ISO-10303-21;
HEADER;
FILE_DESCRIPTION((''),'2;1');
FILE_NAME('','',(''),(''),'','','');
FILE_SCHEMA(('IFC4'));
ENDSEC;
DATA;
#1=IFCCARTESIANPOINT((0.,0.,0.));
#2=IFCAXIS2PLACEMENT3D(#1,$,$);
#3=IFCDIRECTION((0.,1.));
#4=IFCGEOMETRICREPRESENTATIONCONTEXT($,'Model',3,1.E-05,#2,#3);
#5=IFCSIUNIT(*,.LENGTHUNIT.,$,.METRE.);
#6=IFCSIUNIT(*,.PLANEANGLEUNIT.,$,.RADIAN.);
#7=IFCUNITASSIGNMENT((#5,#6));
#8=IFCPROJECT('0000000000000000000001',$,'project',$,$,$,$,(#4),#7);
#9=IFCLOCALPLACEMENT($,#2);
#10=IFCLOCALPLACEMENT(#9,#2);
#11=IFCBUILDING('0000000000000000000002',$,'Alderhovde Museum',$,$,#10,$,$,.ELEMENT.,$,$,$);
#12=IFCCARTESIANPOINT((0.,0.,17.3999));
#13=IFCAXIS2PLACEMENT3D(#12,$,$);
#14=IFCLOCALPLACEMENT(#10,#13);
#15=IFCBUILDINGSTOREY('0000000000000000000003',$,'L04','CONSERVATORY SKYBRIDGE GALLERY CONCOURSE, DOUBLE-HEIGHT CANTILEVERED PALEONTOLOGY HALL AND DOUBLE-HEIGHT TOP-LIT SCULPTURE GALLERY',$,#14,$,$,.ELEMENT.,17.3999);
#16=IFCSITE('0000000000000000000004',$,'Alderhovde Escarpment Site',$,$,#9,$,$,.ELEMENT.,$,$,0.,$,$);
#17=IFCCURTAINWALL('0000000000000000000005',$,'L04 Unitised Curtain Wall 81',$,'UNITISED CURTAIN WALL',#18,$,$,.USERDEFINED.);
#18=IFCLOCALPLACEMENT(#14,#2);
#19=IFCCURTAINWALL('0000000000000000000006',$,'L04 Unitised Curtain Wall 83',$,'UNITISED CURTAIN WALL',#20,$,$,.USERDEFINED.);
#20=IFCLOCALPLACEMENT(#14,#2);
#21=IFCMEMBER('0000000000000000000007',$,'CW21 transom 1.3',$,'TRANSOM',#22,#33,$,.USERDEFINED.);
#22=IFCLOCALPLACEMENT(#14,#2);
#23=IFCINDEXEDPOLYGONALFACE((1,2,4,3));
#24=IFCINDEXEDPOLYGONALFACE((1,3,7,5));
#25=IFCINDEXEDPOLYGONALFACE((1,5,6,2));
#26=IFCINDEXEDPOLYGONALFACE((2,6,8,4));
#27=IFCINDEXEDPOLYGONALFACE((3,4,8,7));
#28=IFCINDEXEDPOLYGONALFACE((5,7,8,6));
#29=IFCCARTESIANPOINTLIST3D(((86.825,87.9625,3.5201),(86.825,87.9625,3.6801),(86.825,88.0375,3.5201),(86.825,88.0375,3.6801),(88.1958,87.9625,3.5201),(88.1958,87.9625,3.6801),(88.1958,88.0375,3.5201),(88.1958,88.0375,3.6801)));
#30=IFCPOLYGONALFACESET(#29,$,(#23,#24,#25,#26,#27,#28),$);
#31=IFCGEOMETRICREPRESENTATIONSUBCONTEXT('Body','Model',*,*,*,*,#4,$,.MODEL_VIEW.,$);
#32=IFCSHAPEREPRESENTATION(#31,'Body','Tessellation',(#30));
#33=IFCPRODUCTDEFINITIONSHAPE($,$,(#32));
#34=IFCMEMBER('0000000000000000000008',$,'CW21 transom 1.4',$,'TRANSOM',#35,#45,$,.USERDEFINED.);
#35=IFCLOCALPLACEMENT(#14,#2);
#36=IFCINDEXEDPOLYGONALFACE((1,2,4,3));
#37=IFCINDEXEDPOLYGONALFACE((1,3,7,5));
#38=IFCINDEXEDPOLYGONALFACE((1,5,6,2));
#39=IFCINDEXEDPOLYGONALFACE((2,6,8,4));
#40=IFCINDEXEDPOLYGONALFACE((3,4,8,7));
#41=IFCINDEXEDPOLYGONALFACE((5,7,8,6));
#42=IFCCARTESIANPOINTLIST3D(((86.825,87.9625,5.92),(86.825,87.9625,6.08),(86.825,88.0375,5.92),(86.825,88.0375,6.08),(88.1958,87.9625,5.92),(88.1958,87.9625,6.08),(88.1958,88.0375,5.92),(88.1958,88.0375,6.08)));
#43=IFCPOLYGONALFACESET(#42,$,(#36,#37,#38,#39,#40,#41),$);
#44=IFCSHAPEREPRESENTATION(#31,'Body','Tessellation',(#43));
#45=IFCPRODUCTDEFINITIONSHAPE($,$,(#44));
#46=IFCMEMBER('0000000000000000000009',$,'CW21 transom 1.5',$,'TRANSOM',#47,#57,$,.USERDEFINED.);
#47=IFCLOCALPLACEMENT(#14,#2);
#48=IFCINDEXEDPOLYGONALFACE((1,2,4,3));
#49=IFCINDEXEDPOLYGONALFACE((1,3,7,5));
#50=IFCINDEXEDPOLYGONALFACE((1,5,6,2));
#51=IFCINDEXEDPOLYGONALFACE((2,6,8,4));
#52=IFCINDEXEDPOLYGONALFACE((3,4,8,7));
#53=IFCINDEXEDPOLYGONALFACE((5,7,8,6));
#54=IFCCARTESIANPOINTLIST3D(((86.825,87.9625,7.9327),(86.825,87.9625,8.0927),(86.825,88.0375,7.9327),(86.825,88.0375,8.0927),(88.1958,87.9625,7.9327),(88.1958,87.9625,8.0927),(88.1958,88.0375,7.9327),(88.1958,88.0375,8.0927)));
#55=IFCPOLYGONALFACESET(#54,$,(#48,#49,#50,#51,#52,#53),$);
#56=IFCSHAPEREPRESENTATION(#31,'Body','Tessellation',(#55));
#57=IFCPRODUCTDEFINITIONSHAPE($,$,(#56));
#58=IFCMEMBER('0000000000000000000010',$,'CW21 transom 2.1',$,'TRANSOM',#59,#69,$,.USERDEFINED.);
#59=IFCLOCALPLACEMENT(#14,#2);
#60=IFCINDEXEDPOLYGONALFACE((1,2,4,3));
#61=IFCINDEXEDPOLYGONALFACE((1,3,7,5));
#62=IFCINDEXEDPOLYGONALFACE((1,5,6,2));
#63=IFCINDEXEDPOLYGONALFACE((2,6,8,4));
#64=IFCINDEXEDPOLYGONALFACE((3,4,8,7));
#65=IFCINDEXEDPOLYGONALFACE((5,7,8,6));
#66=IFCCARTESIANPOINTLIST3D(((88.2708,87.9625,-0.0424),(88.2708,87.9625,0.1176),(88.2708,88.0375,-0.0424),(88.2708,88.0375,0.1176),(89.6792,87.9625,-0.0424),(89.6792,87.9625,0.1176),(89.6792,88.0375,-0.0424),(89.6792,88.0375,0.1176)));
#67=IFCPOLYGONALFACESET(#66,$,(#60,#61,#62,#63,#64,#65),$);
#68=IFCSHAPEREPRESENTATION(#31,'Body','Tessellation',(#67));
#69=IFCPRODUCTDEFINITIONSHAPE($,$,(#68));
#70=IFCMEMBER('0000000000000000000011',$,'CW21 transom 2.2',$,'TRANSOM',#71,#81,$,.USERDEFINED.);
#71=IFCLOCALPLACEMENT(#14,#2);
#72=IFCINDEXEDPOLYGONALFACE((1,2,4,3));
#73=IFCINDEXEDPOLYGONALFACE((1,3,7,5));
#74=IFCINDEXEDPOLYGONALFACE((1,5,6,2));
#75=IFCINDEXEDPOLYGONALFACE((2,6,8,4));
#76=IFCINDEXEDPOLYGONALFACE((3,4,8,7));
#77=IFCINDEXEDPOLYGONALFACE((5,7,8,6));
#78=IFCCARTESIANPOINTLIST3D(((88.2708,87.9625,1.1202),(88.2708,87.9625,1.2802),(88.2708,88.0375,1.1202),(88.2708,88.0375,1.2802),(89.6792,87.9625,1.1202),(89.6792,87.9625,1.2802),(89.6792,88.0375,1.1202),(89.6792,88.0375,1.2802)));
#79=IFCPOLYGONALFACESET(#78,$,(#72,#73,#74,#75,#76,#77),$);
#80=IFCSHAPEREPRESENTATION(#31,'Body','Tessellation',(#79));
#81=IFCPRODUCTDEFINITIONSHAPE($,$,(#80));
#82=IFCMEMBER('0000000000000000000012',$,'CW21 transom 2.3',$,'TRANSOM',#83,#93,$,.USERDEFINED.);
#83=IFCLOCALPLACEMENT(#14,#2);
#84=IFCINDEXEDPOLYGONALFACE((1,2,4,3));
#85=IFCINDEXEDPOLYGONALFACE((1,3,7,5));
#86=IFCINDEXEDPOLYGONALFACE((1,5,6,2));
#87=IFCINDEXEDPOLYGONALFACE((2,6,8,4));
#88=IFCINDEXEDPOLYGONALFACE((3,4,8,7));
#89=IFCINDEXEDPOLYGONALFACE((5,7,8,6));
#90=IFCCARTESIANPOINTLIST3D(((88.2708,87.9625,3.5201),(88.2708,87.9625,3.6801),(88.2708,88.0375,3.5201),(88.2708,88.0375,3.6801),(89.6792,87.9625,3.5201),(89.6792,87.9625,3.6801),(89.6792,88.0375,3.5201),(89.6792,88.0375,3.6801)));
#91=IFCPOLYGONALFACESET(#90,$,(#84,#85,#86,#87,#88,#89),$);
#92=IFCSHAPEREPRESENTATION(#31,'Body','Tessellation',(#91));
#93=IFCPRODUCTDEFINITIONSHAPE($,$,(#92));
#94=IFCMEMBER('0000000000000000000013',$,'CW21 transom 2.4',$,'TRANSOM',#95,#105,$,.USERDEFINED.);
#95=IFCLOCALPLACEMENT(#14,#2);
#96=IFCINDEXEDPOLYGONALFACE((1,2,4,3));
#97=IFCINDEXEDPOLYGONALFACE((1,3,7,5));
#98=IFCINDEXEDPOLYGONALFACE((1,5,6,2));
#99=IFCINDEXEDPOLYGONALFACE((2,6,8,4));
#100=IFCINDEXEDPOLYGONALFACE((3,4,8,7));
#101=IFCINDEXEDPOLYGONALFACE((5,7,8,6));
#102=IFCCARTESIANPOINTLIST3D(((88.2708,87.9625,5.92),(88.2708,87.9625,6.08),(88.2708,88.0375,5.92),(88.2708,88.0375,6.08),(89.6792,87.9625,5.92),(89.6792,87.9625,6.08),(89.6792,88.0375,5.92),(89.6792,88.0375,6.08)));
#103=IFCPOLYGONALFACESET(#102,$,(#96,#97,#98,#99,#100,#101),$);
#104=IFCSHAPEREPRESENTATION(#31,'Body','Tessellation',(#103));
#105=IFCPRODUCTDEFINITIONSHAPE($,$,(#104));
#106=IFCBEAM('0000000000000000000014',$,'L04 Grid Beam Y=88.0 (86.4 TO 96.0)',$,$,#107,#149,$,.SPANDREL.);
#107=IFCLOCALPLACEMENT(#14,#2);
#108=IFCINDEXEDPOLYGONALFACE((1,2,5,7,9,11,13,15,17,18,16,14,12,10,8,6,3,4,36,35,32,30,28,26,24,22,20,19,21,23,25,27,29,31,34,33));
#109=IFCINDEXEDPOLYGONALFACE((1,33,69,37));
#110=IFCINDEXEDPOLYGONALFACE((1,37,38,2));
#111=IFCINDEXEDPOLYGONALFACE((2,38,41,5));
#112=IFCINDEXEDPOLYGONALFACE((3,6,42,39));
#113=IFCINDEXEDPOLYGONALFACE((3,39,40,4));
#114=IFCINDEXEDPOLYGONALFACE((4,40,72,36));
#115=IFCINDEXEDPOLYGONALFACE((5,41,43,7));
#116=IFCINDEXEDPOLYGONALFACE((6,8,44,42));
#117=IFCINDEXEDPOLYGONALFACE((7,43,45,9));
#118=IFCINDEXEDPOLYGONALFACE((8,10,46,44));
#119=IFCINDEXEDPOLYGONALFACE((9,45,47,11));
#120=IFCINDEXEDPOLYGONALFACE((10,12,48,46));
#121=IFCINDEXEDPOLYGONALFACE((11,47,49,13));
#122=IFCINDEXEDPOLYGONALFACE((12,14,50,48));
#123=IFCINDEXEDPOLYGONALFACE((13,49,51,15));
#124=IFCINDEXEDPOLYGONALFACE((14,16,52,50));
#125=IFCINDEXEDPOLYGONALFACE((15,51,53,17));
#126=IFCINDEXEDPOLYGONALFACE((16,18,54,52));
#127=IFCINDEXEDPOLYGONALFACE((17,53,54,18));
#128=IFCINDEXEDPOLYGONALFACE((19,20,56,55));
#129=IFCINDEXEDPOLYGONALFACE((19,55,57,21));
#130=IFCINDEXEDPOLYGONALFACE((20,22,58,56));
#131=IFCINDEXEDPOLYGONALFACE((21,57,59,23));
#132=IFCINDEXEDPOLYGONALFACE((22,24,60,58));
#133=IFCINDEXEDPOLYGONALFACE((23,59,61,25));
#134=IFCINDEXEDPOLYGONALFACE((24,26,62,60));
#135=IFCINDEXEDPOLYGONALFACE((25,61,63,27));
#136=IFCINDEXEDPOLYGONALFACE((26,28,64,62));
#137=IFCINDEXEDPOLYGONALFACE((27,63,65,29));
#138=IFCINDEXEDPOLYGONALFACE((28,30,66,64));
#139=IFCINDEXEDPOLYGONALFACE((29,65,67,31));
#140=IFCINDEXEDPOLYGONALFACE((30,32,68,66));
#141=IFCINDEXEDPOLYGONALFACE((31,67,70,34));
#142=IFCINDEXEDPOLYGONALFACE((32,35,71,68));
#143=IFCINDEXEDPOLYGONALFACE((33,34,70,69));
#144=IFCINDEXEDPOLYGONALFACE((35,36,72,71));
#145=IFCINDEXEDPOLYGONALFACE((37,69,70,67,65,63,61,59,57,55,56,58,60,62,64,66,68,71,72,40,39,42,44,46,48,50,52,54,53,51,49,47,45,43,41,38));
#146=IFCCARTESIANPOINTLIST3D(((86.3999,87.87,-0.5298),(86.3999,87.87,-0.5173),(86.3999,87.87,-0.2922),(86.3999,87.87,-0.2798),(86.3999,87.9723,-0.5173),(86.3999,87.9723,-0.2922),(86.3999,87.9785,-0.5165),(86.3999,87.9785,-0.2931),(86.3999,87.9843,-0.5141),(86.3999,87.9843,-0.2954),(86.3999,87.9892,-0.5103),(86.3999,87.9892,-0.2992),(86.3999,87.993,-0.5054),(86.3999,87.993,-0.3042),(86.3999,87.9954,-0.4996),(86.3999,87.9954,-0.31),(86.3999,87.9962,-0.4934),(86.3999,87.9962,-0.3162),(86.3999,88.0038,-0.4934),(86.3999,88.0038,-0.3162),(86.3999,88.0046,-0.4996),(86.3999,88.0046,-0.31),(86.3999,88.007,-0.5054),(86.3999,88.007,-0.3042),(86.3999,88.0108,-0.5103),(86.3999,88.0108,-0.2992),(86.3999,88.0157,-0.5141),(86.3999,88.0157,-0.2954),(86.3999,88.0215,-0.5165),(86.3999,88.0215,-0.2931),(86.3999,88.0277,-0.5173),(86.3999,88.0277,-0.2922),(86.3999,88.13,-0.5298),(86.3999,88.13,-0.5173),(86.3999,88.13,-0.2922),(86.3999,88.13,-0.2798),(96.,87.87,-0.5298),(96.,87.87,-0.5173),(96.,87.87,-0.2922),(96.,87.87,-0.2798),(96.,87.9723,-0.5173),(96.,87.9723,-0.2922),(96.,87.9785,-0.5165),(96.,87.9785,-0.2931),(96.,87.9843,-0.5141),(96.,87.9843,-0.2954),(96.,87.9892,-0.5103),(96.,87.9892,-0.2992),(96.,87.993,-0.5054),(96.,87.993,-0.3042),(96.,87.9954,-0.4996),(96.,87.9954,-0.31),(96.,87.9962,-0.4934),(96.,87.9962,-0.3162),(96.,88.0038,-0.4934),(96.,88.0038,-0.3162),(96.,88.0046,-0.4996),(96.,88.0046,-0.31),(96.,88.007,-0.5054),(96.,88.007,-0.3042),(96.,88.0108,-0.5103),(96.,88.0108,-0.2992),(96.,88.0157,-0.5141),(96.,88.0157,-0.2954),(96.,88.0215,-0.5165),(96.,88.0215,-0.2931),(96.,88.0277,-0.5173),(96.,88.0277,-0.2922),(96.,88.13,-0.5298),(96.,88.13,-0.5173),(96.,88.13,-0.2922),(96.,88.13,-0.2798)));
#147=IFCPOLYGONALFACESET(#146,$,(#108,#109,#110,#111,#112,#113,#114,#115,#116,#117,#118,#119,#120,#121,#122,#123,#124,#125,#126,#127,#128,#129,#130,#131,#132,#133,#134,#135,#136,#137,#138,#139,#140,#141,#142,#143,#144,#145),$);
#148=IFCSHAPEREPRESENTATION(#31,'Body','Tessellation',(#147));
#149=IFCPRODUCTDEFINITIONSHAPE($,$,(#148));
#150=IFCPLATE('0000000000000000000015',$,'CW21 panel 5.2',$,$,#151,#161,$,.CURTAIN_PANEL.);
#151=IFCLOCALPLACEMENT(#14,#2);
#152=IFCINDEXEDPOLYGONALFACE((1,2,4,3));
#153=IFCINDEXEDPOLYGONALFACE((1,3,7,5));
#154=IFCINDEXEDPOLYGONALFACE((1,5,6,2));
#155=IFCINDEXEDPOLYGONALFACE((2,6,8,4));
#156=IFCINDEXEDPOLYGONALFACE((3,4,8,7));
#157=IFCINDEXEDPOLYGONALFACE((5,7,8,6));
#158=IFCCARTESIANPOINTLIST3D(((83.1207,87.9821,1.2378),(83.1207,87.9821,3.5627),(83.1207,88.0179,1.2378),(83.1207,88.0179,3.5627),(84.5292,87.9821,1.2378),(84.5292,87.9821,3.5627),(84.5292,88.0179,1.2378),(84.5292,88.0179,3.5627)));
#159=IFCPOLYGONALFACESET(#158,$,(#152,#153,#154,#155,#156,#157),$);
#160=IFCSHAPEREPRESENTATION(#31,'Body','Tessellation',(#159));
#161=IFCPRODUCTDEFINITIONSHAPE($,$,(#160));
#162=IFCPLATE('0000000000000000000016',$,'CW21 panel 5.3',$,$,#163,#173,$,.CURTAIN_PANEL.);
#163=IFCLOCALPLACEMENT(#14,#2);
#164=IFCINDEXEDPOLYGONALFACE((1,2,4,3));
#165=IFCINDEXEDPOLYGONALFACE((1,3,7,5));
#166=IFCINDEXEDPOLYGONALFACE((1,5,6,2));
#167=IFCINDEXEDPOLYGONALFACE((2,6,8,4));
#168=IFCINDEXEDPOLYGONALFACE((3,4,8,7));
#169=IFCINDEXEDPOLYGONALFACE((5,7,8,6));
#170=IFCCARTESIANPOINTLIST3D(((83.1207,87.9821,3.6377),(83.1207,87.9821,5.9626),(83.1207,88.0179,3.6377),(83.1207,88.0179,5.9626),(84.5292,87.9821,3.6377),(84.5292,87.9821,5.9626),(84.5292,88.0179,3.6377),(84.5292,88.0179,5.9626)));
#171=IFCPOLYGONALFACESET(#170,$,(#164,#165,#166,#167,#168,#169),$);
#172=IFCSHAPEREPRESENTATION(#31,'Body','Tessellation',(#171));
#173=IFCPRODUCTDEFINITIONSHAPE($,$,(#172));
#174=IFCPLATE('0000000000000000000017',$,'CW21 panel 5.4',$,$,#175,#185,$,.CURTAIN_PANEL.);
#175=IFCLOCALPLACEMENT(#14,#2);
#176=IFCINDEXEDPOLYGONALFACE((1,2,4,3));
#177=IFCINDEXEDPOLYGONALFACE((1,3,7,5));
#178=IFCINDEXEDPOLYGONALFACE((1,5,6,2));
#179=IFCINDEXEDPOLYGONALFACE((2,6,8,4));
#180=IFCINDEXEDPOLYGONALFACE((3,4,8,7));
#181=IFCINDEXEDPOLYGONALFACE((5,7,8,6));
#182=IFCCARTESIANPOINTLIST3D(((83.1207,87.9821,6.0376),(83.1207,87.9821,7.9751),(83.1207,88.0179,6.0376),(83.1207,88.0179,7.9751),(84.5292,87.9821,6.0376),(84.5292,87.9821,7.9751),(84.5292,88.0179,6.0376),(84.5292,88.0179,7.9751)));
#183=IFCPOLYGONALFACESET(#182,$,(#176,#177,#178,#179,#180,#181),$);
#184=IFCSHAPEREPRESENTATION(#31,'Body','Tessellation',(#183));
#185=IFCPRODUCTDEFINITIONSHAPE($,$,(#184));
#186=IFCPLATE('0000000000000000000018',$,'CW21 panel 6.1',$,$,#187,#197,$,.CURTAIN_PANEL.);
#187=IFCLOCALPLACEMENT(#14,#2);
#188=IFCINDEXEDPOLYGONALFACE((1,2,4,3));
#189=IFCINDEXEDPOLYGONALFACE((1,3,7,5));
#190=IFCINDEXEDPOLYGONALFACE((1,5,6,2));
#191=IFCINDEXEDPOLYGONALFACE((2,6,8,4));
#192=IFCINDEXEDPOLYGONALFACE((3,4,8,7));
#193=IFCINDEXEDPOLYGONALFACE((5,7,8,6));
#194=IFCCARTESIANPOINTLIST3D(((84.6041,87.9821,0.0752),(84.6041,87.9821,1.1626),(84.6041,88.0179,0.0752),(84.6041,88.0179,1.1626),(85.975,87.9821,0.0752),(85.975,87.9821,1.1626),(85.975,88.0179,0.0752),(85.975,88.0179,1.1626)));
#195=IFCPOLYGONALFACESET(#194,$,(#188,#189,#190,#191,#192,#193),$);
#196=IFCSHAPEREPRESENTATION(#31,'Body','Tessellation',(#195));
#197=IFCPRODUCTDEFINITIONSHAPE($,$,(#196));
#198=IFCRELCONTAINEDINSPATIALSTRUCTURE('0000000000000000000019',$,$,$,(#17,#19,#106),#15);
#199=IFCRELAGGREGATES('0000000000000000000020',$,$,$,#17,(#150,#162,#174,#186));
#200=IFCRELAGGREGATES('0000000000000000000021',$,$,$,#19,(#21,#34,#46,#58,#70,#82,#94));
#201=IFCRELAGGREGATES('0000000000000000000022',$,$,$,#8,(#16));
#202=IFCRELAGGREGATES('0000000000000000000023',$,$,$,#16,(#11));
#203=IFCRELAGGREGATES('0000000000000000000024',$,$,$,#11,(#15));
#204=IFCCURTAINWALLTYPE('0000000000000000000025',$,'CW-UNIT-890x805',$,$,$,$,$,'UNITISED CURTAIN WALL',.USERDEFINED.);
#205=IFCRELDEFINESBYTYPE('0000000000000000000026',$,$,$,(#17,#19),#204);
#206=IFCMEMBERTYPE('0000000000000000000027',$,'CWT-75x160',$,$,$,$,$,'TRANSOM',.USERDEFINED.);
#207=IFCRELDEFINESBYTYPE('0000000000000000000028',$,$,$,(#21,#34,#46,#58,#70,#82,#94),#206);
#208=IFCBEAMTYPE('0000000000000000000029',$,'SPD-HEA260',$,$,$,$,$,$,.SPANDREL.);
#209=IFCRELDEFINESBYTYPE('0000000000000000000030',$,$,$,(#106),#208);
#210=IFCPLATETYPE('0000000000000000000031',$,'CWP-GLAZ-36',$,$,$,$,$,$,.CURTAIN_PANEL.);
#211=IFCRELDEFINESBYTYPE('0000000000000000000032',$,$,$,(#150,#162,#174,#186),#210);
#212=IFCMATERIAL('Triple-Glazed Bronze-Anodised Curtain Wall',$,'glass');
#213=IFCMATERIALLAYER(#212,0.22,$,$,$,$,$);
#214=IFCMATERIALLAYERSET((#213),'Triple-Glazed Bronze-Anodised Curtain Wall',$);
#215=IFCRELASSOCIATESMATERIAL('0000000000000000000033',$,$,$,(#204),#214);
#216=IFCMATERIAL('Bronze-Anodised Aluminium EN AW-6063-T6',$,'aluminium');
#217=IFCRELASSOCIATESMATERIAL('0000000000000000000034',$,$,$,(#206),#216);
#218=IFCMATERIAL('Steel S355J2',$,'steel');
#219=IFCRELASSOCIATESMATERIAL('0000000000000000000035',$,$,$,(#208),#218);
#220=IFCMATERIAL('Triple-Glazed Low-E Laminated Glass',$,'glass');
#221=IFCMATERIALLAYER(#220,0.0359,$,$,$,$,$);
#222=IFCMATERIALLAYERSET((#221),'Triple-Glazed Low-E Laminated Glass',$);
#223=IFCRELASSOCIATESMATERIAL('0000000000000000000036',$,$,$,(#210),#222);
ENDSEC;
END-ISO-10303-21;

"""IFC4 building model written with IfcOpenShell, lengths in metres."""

from ifc_helpers import new_model, si_unit, direction, frame, origin, origin_2d, place, context, subcontext, project, spatial, rectangle, i_section, extrude, material, layer, layer_set, material_profile, profile_set, type_object, element, aggregate, save


model = new_model("IFC4")

# Units and contexts
model_context = context("Model", 3, precision=1e-05, world=origin(), true_north=direction((0.0, 1.0)))
body_context = subcontext(model_context, "Body", "Model", "MODEL_VIEW")
ifc_project = project(units=[si_unit("LENGTHUNIT", "METRE"), si_unit("PLANEANGLEUNIT", "RADIAN")], contexts=[model_context])

# Site, building, storey
site_placement = place(None, origin())
site = spatial("IfcSite", under=ifc_project, at=site_placement, Name="Alderhovde Escarpment Site", CompositionType="ELEMENT", RefElevation=0.0)
building_placement = place(site_placement, origin())
building = spatial("IfcBuilding", under=site, at=building_placement, Name="Alderhovde Museum", CompositionType="ELEMENT")
storey_placement = place(building_placement, frame((0.0, 0.0, 17.3999)))
storey = spatial("IfcBuildingStorey", under=building, at=storey_placement, Name="L04", Description="CONSERVATORY SKYBRIDGE GALLERY CONCOURSE, DOUBLE-HEIGHT CANTILEVERED PALEONTOLOGY HALL AND DOUBLE-HEIGHT TOP-LIT SCULPTURE GALLERY", CompositionType="ELEMENT", Elevation=17.3999)

# Curtain walls
ifc_material_1 = material(Name="Triple-Glazed Bronze-Anodised Curtain Wall", Category="glass")
ifc_layer_1 = layer(ifc_material_1, 0.22)
ifc_layer_set_1 = layer_set([ifc_layer_1], Name="Triple-Glazed Bronze-Anodised Curtain Wall")
curtain_wall_type = type_object("IfcCurtainWallType", Name="CW-UNIT-890x805", ElementType="UNITISED CURTAIN WALL", PredefinedType="USERDEFINED", material=ifc_layer_set_1)
curtain_wall_1_placement = place(storey_placement, origin())
curtain_wall_1 = element("IfcCurtainWall", 1, at=curtain_wall_1_placement, inside=storey, type_object=curtain_wall_type, Name="L04 Unitised Curtain Wall 81", ObjectType="UNITISED CURTAIN WALL", PredefinedType="USERDEFINED")
curtain_wall_2_placement = place(storey_placement, origin())
curtain_wall_2 = element("IfcCurtainWall", 2, at=curtain_wall_2_placement, inside=storey, type_object=curtain_wall_type, Name="L04 Unitised Curtain Wall 83", ObjectType="UNITISED CURTAIN WALL", PredefinedType="USERDEFINED")

# Members
ifc_material_2 = material(Name="Bronze-Anodised Aluminium EN AW-6063-T6", Category="aluminium")
ifc_material_profile_1 = material_profile(ifc_material_2, rectangle(XDim=0.075, YDim=0.1599, at=origin_2d()), Name="TRANSOM 75x160")
ifc_profile_set_1 = profile_set([ifc_material_profile_1], Name="Bronze-Anodised Aluminium EN AW-6063-T6")
member_type_1 = type_object("IfcMemberType", Name="CWT-75x160", ElementType="TRANSOM", PredefinedType="USERDEFINED", material=ifc_profile_set_1)
member_1_placement = place(storey_placement, frame((86.825, 88.0, 3.6001), z_axis=(1.0, 0.0, 0.0), x_axis=(0.0, 1.0, 0.0)))
member_1 = element("IfcMember", 3, at=member_1_placement, type_object=member_type_1, Name="CW21 transom 1.3", ObjectType="TRANSOM", PredefinedType="USERDEFINED", context=body_context, shape_type="SweptSolid", body=[
    extrude(rectangle(XDim=0.075, YDim=0.1599, at=origin_2d()), origin(), (0.0, 0.0, 1.0), 1.3708),
])
member_2_placement = place(storey_placement, frame((86.825, 88.0, 6.0), z_axis=(1.0, 0.0, 0.0), x_axis=(0.0, 1.0, 0.0)))
member_2 = element("IfcMember", 4, at=member_2_placement, type_object=member_type_1, Name="CW21 transom 1.4", ObjectType="TRANSOM", PredefinedType="USERDEFINED", context=body_context, shape_type="SweptSolid", body=[
    extrude(rectangle(XDim=0.075, YDim=0.1599, at=origin_2d()), origin(), (0.0, 0.0, 1.0), 1.3708),
])
member_3_placement = place(storey_placement, frame((86.825, 88.0, 8.0127), z_axis=(1.0, 0.0, 0.0), x_axis=(0.0, 1.0, 0.0)))
member_3 = element("IfcMember", 5, at=member_3_placement, type_object=member_type_1, Name="CW21 transom 1.5", ObjectType="TRANSOM", PredefinedType="USERDEFINED", context=body_context, shape_type="SweptSolid", body=[
    extrude(rectangle(XDim=0.075, YDim=0.1599, at=origin_2d()), origin(), (0.0, 0.0, 1.0), 1.3708),
])
member_4_placement = place(storey_placement, frame((88.2708, 88.0, 0.0376), z_axis=(1.0, 0.0, 0.0), x_axis=(0.0, 1.0, 0.0)))
member_4 = element("IfcMember", 6, at=member_4_placement, type_object=member_type_1, Name="CW21 transom 2.1", ObjectType="TRANSOM", PredefinedType="USERDEFINED", context=body_context, shape_type="SweptSolid", body=[
    extrude(rectangle(XDim=0.075, YDim=0.1599, at=origin_2d()), origin(), (0.0, 0.0, 1.0), 1.4084),
])
member_5_placement = place(storey_placement, frame((88.2708, 88.0, 1.2002), z_axis=(1.0, 0.0, 0.0), x_axis=(0.0, 1.0, 0.0)))
member_5 = element("IfcMember", 7, at=member_5_placement, type_object=member_type_1, Name="CW21 transom 2.2", ObjectType="TRANSOM", PredefinedType="USERDEFINED", context=body_context, shape_type="SweptSolid", body=[
    extrude(rectangle(XDim=0.075, YDim=0.1599, at=origin_2d()), origin(), (0.0, 0.0, 1.0), 1.4084),
])
member_6_placement = place(storey_placement, frame((88.2708, 88.0, 3.6001), z_axis=(1.0, 0.0, 0.0), x_axis=(0.0, 1.0, 0.0)))
member_6 = element("IfcMember", 8, at=member_6_placement, type_object=member_type_1, Name="CW21 transom 2.3", ObjectType="TRANSOM", PredefinedType="USERDEFINED", context=body_context, shape_type="SweptSolid", body=[
    extrude(rectangle(XDim=0.075, YDim=0.1599, at=origin_2d()), origin(), (0.0, 0.0, 1.0), 1.4084),
])
member_7_placement = place(storey_placement, frame((88.2708, 88.0, 6.0), z_axis=(1.0, 0.0, 0.0), x_axis=(0.0, 1.0, 0.0)))
member_7 = element("IfcMember", 9, at=member_7_placement, type_object=member_type_1, Name="CW21 transom 2.4", ObjectType="TRANSOM", PredefinedType="USERDEFINED", context=body_context, shape_type="SweptSolid", body=[
    extrude(rectangle(XDim=0.075, YDim=0.1599, at=origin_2d()), origin(), (0.0, 0.0, 1.0), 1.4084),
])

# Beam
ifc_material_3 = material(Name="Steel S355J2", Category="steel")
ifc_material_profile_2 = material_profile(ifc_material_3, i_section(OverallWidth=0.26, OverallDepth=0.25, WebThickness=0.0076, FlangeThickness=0.0125, FilletRadius=0.0239, at=origin_2d()), Name="HEA 260")
ifc_profile_set_2 = profile_set([ifc_material_profile_2], Name="Steel S355J2")
beam_type_1 = type_object("IfcBeamType", Name="SPD-HEA260", PredefinedType="SPANDREL", material=ifc_profile_set_2)
beam_1_placement = place(storey_placement, frame((86.3999, 88.0, -0.4048), z_axis=(1.0, 0.0, 0.0), x_axis=(0.0, 1.0, 0.0)))
element("IfcBeam", 10, at=beam_1_placement, inside=storey, type_object=beam_type_1, Name="L04 Grid Beam Y=88.0 (86.4 TO 96.0)", PredefinedType="SPANDREL", context=body_context, shape_type="SweptSolid", body=[
    extrude(i_section(OverallWidth=0.26, OverallDepth=0.25, WebThickness=0.0076, FlangeThickness=0.0125, FilletRadius=0.0239, at=origin_2d()), origin(), (0.0, 0.0, 1.0), 9.6001),
])

# Plates
ifc_material_4 = material(Name="Triple-Glazed Low-E Laminated Glass", Category="glass")
ifc_layer_2 = layer(ifc_material_4, 0.0359)
ifc_layer_set_2 = layer_set([ifc_layer_2], Name="Triple-Glazed Low-E Laminated Glass")
plate_type_1 = type_object("IfcPlateType", Name="CWP-GLAZ-36", PredefinedType="CURTAIN_PANEL", material=ifc_layer_set_2)
plate_1_placement = place(storey_placement, frame((83.825, 88.0, 1.2378), z_axis=(0.0, 0.0, 1.0), x_axis=(1.0, 0.0, 0.0)))
plate_1 = element("IfcPlate", 11, at=plate_1_placement, type_object=plate_type_1, Name="CW21 panel 5.2", PredefinedType="CURTAIN_PANEL", context=body_context, shape_type="SweptSolid", body=[
    extrude(rectangle(XDim=1.4084, YDim=0.0359, at=origin_2d()), origin(), (0.0, 0.0, 1.0), 2.325),
])
plate_2_placement = place(storey_placement, frame((83.825, 88.0, 3.6377), z_axis=(0.0, 0.0, 1.0), x_axis=(1.0, 0.0, 0.0)))
plate_2 = element("IfcPlate", 12, at=plate_2_placement, type_object=plate_type_1, Name="CW21 panel 5.3", PredefinedType="CURTAIN_PANEL", context=body_context, shape_type="SweptSolid", body=[
    extrude(rectangle(XDim=1.4084, YDim=0.0359, at=origin_2d()), origin(), (0.0, 0.0, 1.0), 2.325),
])
plate_3_placement = place(storey_placement, frame((83.825, 88.0, 6.0376), z_axis=(0.0, 0.0, 1.0), x_axis=(1.0, 0.0, 0.0)))
plate_3 = element("IfcPlate", 13, at=plate_3_placement, type_object=plate_type_1, Name="CW21 panel 5.4", PredefinedType="CURTAIN_PANEL", context=body_context, shape_type="SweptSolid", body=[
    extrude(rectangle(XDim=1.4084, YDim=0.0359, at=origin_2d()), origin(), (0.0, 0.0, 1.0), 1.9375),
])
plate_4_placement = place(storey_placement, frame((85.2896, 88.0, 0.0752), z_axis=(0.0, 0.0, 1.0), x_axis=(1.0, 0.0, 0.0)))
plate_4 = element("IfcPlate", 14, at=plate_4_placement, type_object=plate_type_1, Name="CW21 panel 6.1", PredefinedType="CURTAIN_PANEL", context=body_context, shape_type="SweptSolid", body=[
    extrude(rectangle(XDim=1.3708, YDim=0.0359, at=origin_2d()), origin(), (0.0, 0.0, 1.0), 1.0874),
])
aggregate(curtain_wall_1, [plate_1, plate_2, plate_3, plate_4])
aggregate(curtain_wall_2, [member_1, member_2, member_3, member_4, member_5, member_6, member_7])

save(model, "model.ifc")
